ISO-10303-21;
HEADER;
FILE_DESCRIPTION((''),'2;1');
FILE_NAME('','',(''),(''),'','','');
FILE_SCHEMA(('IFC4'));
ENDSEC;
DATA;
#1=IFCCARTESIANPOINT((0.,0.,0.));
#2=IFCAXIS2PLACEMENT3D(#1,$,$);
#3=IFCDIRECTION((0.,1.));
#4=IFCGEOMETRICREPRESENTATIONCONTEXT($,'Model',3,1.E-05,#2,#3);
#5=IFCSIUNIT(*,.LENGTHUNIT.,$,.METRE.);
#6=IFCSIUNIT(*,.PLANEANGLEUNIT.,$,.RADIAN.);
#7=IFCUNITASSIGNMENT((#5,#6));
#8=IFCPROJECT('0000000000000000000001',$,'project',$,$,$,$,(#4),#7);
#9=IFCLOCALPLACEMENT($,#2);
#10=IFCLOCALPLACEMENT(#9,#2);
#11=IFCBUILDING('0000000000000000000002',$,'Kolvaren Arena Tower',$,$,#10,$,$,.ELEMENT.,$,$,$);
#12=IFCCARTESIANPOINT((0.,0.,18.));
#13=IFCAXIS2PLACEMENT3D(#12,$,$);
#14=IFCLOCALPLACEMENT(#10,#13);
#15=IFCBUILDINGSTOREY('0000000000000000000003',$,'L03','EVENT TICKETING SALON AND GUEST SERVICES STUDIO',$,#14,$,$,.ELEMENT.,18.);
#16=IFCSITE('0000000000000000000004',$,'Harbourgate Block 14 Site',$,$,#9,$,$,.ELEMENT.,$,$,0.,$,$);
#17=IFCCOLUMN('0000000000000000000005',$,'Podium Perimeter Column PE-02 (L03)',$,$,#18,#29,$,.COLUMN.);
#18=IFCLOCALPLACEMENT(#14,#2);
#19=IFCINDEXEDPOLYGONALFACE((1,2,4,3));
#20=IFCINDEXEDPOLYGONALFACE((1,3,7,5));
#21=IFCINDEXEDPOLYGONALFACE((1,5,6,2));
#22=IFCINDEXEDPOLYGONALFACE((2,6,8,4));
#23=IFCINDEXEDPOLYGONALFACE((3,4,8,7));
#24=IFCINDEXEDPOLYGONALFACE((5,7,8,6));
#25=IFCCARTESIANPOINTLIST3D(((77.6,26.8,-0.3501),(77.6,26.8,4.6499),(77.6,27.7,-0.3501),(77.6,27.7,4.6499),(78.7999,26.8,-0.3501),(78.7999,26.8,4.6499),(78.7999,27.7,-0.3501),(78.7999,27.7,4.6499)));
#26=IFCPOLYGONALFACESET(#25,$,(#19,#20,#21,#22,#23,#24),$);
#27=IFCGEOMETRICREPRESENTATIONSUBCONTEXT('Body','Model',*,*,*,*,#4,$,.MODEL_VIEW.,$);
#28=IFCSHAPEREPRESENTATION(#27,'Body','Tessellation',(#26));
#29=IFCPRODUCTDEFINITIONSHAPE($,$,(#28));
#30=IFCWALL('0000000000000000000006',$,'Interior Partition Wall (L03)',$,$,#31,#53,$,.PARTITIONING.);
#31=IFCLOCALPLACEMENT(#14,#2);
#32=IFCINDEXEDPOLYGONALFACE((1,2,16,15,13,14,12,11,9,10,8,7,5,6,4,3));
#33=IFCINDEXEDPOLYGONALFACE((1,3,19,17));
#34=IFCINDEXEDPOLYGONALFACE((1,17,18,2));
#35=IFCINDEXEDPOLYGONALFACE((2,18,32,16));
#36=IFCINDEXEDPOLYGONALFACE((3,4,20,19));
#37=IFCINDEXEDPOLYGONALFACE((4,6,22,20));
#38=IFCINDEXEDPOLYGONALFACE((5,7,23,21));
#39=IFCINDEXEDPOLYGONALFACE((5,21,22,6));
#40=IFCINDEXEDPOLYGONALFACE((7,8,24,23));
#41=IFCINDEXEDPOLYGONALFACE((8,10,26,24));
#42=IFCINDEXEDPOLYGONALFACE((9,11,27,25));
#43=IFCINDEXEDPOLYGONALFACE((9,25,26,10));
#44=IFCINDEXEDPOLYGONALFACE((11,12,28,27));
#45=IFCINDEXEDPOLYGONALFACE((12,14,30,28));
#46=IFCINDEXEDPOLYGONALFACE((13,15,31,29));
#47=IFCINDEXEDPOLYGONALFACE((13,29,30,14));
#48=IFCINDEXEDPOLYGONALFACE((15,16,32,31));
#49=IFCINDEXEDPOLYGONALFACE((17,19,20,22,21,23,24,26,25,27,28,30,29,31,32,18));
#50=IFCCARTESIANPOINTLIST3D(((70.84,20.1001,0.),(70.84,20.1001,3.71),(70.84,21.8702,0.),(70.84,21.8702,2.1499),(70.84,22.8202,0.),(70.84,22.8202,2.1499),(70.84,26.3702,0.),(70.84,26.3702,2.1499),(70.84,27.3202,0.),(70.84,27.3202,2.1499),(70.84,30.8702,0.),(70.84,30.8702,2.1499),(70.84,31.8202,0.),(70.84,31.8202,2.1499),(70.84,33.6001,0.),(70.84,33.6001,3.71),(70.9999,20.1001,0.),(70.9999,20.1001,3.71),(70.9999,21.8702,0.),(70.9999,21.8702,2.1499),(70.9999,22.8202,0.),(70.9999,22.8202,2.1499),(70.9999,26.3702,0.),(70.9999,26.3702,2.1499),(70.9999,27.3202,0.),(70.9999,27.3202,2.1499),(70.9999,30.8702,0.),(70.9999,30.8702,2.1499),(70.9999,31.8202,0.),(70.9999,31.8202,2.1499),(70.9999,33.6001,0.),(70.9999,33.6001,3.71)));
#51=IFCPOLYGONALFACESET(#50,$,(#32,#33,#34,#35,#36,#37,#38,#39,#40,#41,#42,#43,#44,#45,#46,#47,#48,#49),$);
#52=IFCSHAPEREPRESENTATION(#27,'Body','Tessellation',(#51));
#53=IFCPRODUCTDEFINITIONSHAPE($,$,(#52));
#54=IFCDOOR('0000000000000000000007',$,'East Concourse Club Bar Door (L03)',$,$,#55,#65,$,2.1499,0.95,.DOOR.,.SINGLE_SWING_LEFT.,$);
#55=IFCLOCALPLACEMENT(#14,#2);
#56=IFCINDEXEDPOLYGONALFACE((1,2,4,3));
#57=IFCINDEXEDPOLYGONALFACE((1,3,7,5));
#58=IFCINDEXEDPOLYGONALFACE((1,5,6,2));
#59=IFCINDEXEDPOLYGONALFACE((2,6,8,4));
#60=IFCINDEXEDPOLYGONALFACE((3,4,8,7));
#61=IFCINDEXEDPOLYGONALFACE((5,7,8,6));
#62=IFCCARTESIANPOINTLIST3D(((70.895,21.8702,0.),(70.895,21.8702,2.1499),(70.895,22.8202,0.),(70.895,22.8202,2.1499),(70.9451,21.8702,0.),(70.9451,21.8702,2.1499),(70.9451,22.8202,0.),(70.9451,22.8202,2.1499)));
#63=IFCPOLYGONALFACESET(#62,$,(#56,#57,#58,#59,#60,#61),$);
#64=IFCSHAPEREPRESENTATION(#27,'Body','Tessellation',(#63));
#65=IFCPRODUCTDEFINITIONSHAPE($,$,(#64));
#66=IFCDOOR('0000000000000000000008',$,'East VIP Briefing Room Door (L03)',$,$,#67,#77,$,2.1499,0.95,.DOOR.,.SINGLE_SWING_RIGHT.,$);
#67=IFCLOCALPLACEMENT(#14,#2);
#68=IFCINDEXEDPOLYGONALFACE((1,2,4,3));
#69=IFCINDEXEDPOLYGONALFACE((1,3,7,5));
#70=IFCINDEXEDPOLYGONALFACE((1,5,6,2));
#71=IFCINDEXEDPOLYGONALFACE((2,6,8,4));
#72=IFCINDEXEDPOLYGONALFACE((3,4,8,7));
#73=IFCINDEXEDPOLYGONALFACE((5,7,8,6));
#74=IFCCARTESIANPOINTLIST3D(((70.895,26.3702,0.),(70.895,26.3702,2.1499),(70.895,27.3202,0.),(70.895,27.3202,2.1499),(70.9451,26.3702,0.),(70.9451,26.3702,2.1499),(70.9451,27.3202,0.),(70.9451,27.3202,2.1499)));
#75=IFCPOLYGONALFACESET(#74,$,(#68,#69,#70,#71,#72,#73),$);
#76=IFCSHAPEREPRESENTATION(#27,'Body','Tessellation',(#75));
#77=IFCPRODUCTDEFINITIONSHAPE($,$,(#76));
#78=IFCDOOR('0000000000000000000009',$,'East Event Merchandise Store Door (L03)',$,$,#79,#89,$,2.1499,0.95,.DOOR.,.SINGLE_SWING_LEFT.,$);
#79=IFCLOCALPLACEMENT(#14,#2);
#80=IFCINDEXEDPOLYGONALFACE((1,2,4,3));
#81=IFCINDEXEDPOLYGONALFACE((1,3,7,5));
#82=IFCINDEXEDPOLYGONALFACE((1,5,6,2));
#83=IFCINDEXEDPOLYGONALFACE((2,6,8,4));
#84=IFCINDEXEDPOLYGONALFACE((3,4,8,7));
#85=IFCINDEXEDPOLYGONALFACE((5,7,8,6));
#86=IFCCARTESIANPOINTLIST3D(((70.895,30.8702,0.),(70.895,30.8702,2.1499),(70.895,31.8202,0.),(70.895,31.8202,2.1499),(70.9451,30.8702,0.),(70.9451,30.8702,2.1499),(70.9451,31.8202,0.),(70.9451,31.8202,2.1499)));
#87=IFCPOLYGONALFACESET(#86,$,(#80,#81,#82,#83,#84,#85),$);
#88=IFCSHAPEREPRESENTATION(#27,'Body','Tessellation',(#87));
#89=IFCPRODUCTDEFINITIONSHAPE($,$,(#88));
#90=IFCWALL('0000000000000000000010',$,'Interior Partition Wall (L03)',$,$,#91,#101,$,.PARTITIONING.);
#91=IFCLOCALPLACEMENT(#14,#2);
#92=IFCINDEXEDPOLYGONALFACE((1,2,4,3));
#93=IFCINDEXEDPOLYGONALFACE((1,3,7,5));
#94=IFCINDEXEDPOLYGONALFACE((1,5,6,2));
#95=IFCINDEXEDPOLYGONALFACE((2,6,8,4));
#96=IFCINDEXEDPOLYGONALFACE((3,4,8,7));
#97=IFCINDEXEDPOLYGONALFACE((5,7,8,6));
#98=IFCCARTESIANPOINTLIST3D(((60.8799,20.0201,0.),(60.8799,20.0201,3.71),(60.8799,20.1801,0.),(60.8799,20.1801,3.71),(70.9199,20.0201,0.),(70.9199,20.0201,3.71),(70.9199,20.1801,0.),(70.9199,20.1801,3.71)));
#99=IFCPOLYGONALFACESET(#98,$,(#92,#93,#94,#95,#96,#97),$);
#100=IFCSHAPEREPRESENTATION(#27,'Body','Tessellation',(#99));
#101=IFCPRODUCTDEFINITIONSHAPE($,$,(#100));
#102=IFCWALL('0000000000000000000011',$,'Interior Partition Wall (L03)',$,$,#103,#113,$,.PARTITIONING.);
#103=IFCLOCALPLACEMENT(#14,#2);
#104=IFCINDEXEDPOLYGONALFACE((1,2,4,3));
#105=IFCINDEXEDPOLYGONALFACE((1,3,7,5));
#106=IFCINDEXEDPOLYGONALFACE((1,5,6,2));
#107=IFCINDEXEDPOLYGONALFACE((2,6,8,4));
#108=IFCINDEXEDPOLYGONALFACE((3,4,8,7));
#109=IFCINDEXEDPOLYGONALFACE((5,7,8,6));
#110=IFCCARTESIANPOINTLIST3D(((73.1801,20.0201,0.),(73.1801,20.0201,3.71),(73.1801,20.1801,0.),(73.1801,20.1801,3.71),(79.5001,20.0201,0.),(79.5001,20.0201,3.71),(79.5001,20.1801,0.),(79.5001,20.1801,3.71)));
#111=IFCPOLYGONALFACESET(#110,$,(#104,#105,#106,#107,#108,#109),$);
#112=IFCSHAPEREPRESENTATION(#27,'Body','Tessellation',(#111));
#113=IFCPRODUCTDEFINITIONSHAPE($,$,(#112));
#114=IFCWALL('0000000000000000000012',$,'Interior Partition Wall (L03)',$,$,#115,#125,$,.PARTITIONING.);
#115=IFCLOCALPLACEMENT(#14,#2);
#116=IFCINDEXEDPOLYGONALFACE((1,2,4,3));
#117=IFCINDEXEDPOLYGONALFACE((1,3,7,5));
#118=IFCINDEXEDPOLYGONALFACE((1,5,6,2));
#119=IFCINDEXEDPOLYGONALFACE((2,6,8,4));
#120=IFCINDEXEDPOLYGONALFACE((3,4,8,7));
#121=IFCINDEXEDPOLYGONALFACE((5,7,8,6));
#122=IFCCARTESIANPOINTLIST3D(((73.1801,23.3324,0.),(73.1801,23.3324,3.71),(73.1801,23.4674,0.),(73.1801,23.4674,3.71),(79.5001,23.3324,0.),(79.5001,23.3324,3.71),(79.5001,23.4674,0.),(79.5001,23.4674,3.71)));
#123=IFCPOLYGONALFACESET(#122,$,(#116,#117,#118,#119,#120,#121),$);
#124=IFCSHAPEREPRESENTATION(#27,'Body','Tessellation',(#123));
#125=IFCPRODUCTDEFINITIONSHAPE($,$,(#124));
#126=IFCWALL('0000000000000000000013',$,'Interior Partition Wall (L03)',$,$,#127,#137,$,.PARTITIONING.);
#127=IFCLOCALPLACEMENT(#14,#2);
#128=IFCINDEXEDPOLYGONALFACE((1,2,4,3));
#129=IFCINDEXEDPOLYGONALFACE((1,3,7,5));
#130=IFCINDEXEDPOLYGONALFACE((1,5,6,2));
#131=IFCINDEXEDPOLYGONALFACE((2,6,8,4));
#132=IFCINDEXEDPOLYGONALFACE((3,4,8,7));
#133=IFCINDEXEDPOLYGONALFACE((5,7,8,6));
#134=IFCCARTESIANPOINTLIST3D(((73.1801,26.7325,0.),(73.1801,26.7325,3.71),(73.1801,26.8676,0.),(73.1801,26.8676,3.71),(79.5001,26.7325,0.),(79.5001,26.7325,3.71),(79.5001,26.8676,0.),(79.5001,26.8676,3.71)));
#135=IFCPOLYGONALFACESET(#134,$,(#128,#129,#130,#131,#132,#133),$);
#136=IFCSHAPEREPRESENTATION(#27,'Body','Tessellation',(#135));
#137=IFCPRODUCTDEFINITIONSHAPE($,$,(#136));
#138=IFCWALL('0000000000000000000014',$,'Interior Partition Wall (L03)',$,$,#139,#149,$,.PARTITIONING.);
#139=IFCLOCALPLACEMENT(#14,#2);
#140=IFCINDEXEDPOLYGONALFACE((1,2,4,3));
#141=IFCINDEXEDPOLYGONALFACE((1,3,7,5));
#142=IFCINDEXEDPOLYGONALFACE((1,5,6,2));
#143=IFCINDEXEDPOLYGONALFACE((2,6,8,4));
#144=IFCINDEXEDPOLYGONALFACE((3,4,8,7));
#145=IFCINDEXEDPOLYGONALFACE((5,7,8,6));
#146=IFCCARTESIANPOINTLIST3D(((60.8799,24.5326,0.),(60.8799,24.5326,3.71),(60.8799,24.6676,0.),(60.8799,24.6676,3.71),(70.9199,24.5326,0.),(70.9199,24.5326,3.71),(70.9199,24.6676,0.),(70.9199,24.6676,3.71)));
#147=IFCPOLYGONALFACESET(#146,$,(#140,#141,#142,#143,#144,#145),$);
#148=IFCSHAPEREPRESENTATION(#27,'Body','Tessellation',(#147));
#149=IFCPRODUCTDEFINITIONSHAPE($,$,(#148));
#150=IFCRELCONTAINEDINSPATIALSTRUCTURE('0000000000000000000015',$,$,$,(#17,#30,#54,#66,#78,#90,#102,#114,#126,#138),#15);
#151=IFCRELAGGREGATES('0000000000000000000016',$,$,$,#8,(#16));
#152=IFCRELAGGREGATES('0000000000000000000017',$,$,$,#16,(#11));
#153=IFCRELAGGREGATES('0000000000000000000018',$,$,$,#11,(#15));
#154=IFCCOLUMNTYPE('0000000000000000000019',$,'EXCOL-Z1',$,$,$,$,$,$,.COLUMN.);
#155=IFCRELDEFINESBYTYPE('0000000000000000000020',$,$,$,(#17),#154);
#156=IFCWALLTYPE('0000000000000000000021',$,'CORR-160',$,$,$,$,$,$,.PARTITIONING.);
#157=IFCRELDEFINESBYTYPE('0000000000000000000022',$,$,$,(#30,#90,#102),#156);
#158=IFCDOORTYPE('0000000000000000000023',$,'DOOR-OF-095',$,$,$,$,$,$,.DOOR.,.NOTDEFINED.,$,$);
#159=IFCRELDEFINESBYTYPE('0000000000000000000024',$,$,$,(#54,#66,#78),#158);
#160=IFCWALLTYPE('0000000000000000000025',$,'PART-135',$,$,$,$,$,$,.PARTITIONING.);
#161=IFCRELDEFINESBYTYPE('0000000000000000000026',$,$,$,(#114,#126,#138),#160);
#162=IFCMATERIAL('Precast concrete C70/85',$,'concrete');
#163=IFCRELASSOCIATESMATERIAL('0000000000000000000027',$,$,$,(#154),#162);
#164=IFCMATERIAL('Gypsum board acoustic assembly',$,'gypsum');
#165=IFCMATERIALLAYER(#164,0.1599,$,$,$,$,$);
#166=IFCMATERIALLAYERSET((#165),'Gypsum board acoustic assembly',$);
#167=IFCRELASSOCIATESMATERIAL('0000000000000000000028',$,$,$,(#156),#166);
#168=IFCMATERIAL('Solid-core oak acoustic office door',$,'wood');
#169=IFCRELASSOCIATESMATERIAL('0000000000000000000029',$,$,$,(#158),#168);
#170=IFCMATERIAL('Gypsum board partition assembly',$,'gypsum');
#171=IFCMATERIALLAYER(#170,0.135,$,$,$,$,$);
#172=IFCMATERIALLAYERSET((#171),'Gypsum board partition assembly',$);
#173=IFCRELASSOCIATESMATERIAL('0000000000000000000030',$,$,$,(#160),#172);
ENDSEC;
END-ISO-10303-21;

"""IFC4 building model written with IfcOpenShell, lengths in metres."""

from ifc_helpers import new_model, si_unit, direction, frame, frame_2d, origin, origin_2d, place, context, subcontext, project, spatial, rectangle, extrude, material, layer, layer_set, material_profile, profile_set, type_object, element, fill, save


model = new_model("IFC4")

# Units and contexts
model_context = context("Model", 3, precision=1e-05, world=origin(), true_north=direction((0.0, 1.0)))
body_context = subcontext(model_context, "Body", "Model", "MODEL_VIEW")
ifc_project = project(units=[si_unit("LENGTHUNIT", "METRE"), si_unit("PLANEANGLEUNIT", "RADIAN")], contexts=[model_context])

# Site, building, storey
site_placement = place(None, origin())
site = spatial("IfcSite", under=ifc_project, at=site_placement, Name="Harbourgate Block 14 Site", CompositionType="ELEMENT", RefElevation=0.0)
building_placement = place(site_placement, origin())
building = spatial("IfcBuilding", under=site, at=building_placement, Name="Kolvaren Arena Tower", CompositionType="ELEMENT")
storey_placement = place(building_placement, frame((0.0, 0.0, 18.0)))
storey = spatial("IfcBuildingStorey", under=building, at=storey_placement, Name="L03", Description="EVENT TICKETING SALON AND GUEST SERVICES STUDIO", CompositionType="ELEMENT", Elevation=18.0)

# Column
ifc_material_1 = material(Name="Precast concrete C70/85", Category="concrete")
ifc_material_profile = material_profile(ifc_material_1, rectangle(XDim=1.2, YDim=0.8999, at=origin_2d()), Name="RC-1200x900")
ifc_profile_set = profile_set([ifc_material_profile], Name="Precast concrete C70/85")
column_type = type_object("IfcColumnType", Name="EXCOL-Z1", PredefinedType="COLUMN", material=ifc_profile_set)
column_placement = place(storey_placement, frame((78.2, 27.25, -0.3501), z_axis=(0.0, 0.0, 1.0), x_axis=(1.0, 0.0, 0.0)))
element("IfcColumn", 1, at=column_placement, inside=storey, type_object=column_type, Name="Podium Perimeter Column PE-02 (L03)", PredefinedType="COLUMN", context=body_context, shape_type="SweptSolid", body=[
    extrude(rectangle(XDim=1.2, YDim=0.8999, at=origin_2d()), origin(), (0.0, 0.0, 1.0), 5.0),
])

# Wall, openings, doors
ifc_material_2 = material(Name="Gypsum board acoustic assembly", Category="gypsum")
ifc_layer_1 = layer(ifc_material_2, 0.1599)
ifc_layer_set_1 = layer_set([ifc_layer_1], Name="Gypsum board acoustic assembly")
wall_type_1 = type_object("IfcWallType", Name="CORR-160", PredefinedType="PARTITIONING", material=ifc_layer_set_1)
wall_1_placement = place(storey_placement, frame((70.9199, 20.1001, 0.0), z_axis=(0.0, 0.0, 1.0), x_axis=(0.0, 1.0, 0.0)))
wall_1 = element("IfcWall", 2, at=wall_1_placement, inside=storey, type_object=wall_type_1, Name="Interior Partition Wall (L03)", PredefinedType="PARTITIONING", context=body_context, shape_type="SweptSolid", body=[
    extrude(rectangle(XDim=13.5, YDim=0.1599, at=frame_2d((6.75, 0.0))), origin(), (0.0, 0.0, 1.0), 3.71),
])
opening_1_placement = place(wall_1_placement, frame((1.77, 0.0, 0.0)))
opening_1 = element("IfcOpeningElement", 3, at=opening_1_placement, cuts=wall_1, PredefinedType="OPENING", context=body_context, shape_type="SweptSolid", body=[
    extrude(rectangle(XDim=0.95, YDim=2.1499, at=frame_2d((0.4751, 1.075))), frame((0.0, 0.0898, 0.0), z_axis=(0.0, -1.0, 0.0), x_axis=(1.0, 0.0, 0.0)), (0.0, 0.0, 1.0), 0.1799),
])
opening_2_placement = place(wall_1_placement, frame((6.27, 0.0, 0.0)))
opening_2 = element("IfcOpeningElement", 4, at=opening_2_placement, cuts=wall_1, PredefinedType="OPENING", context=body_context, shape_type="SweptSolid", body=[
    extrude(rectangle(XDim=0.95, YDim=2.1499, at=frame_2d((0.4751, 1.075))), frame((0.0, 0.0898, 0.0), z_axis=(0.0, -1.0, 0.0), x_axis=(1.0, 0.0, 0.0)), (0.0, 0.0, 1.0), 0.1799),
])
opening_3_placement = place(wall_1_placement, frame((10.77, 0.0, 0.0)))
opening_3 = element("IfcOpeningElement", 5, at=opening_3_placement, cuts=wall_1, PredefinedType="OPENING", context=body_context, shape_type="SweptSolid", body=[
    extrude(rectangle(XDim=0.95, YDim=2.1499, at=frame_2d((0.4751, 1.075))), frame((0.0, 0.0898, 0.0), z_axis=(0.0, -1.0, 0.0), x_axis=(1.0, 0.0, 0.0)), (0.0, 0.0, 1.0), 0.1799),
])
ifc_material_3 = material(Name="Solid-core oak acoustic office door", Category="wood")
door_type_1 = type_object("IfcDoorType", Name="DOOR-OF-095", OperationType="NOTDEFINED", PredefinedType="DOOR", material=ifc_material_3)
door_1_placement = place(opening_1_placement, origin())
door_1 = element("IfcDoor", 6, at=door_1_placement, inside=storey, type_object=door_type_1, Name="East Concourse Club Bar Door (L03)", OperationType="SINGLE_SWING_LEFT", OverallHeight=2.1499, OverallWidth=0.95, PredefinedType="DOOR", context=body_context, shape_type="SweptSolid", body=[
    extrude(rectangle(XDim=0.95, YDim=2.1499, at=frame_2d((0.4751, 1.075))), frame((0.0, 0.0249, 0.0), z_axis=(0.0, -1.0, 0.0), x_axis=(1.0, 0.0, 0.0)), (0.0, 0.0, 1.0), 0.05),
])
fill(opening_1, door_1)
door_2_placement = place(opening_2_placement, origin())
door_2 = element("IfcDoor", 7, at=door_2_placement, inside=storey, type_object=door_type_1, Name="East VIP Briefing Room Door (L03)", OperationType="SINGLE_SWING_RIGHT", OverallHeight=2.1499, OverallWidth=0.95, PredefinedType="DOOR", context=body_context, shape_type="SweptSolid", body=[
    extrude(rectangle(XDim=0.95, YDim=2.1499, at=frame_2d((0.4751, 1.075))), frame((0.0, 0.0249, 0.0), z_axis=(0.0, -1.0, 0.0), x_axis=(1.0, 0.0, 0.0)), (0.0, 0.0, 1.0), 0.05),
])
fill(opening_2, door_2)
door_3_placement = place(opening_3_placement, origin())
door_3 = element("IfcDoor", 8, at=door_3_placement, inside=storey, type_object=door_type_1, Name="East Event Merchandise Store Door (L03)", OperationType="SINGLE_SWING_LEFT", OverallHeight=2.1499, OverallWidth=0.95, PredefinedType="DOOR", context=body_context, shape_type="SweptSolid", body=[
    extrude(rectangle(XDim=0.95, YDim=2.1499, at=frame_2d((0.4751, 1.075))), frame((0.0, 0.0249, 0.0), z_axis=(0.0, -1.0, 0.0), x_axis=(1.0, 0.0, 0.0)), (0.0, 0.0, 1.0), 0.05),
])
fill(opening_3, door_3)

# Walls
wall_2_placement = place(storey_placement, frame((60.8799, 20.1001, 0.0), z_axis=(0.0, 0.0, 1.0), x_axis=(1.0, 0.0, 0.0)))
element("IfcWall", 9, at=wall_2_placement, inside=storey, type_object=wall_type_1, Name="Interior Partition Wall (L03)", PredefinedType="PARTITIONING", context=body_context, shape_type="SweptSolid", body=[
    extrude(rectangle(XDim=10.04, YDim=0.1599, at=frame_2d((5.02, 0.0))), origin(), (0.0, 0.0, 1.0), 3.71),
])
wall_3_placement = place(storey_placement, frame((73.1799, 20.1001, 0.0), z_axis=(0.0, 0.0, 1.0), x_axis=(1.0, 0.0, 0.0)))
element("IfcWall", 10, at=wall_3_placement, inside=storey, type_object=wall_type_1, Name="Interior Partition Wall (L03)", PredefinedType="PARTITIONING", context=body_context, shape_type="SweptSolid", body=[
    extrude(rectangle(XDim=6.3201, YDim=0.1599, at=frame_2d((3.1602, 0.0))), origin(), (0.0, 0.0, 1.0), 3.71),
])
ifc_material_4 = material(Name="Gypsum board partition assembly", Category="gypsum")
ifc_layer_2 = layer(ifc_material_4, 0.135)
ifc_layer_set_2 = layer_set([ifc_layer_2], Name="Gypsum board partition assembly")
wall_type_2 = type_object("IfcWallType", Name="PART-135", PredefinedType="PARTITIONING", material=ifc_layer_set_2)
for number, where, z_axis, x_axis, name in (
    (11, (73.1799, 23.3999, 0.0), (0.0, 0.0, 1.0), (1.0, 0.0, 0.0), "Interior Partition Wall (L03)"),
    (12, (73.1799, 26.8, 0.0), (0.0, 0.0, 1.0), (1.0, 0.0, 0.0), "Interior Partition Wall (L03)"),
):
    element("IfcWall", number, at=place(storey_placement, frame(where, z_axis=z_axis, x_axis=x_axis)), inside=storey, type_object=wall_type_2, Name=name, PredefinedType="PARTITIONING", context=body_context, shape_type="SweptSolid", body=[
        extrude(rectangle(XDim=6.3201, YDim=0.135, at=frame_2d((3.1602, 0.0))), origin(), (0.0, 0.0, 1.0), 3.71),
    ])
wall_4_placement = place(storey_placement, frame((60.8799, 24.6001, 0.0), z_axis=(0.0, 0.0, 1.0), x_axis=(1.0, 0.0, 0.0)))
element("IfcWall", 13, at=wall_4_placement, inside=storey, type_object=wall_type_2, Name="Interior Partition Wall (L03)", PredefinedType="PARTITIONING", context=body_context, shape_type="SweptSolid", body=[
    extrude(rectangle(XDim=10.04, YDim=0.135, at=frame_2d((5.02, 0.0))), origin(), (0.0, 0.0, 1.0), 3.71),
])

save(model, "model.ifc")
